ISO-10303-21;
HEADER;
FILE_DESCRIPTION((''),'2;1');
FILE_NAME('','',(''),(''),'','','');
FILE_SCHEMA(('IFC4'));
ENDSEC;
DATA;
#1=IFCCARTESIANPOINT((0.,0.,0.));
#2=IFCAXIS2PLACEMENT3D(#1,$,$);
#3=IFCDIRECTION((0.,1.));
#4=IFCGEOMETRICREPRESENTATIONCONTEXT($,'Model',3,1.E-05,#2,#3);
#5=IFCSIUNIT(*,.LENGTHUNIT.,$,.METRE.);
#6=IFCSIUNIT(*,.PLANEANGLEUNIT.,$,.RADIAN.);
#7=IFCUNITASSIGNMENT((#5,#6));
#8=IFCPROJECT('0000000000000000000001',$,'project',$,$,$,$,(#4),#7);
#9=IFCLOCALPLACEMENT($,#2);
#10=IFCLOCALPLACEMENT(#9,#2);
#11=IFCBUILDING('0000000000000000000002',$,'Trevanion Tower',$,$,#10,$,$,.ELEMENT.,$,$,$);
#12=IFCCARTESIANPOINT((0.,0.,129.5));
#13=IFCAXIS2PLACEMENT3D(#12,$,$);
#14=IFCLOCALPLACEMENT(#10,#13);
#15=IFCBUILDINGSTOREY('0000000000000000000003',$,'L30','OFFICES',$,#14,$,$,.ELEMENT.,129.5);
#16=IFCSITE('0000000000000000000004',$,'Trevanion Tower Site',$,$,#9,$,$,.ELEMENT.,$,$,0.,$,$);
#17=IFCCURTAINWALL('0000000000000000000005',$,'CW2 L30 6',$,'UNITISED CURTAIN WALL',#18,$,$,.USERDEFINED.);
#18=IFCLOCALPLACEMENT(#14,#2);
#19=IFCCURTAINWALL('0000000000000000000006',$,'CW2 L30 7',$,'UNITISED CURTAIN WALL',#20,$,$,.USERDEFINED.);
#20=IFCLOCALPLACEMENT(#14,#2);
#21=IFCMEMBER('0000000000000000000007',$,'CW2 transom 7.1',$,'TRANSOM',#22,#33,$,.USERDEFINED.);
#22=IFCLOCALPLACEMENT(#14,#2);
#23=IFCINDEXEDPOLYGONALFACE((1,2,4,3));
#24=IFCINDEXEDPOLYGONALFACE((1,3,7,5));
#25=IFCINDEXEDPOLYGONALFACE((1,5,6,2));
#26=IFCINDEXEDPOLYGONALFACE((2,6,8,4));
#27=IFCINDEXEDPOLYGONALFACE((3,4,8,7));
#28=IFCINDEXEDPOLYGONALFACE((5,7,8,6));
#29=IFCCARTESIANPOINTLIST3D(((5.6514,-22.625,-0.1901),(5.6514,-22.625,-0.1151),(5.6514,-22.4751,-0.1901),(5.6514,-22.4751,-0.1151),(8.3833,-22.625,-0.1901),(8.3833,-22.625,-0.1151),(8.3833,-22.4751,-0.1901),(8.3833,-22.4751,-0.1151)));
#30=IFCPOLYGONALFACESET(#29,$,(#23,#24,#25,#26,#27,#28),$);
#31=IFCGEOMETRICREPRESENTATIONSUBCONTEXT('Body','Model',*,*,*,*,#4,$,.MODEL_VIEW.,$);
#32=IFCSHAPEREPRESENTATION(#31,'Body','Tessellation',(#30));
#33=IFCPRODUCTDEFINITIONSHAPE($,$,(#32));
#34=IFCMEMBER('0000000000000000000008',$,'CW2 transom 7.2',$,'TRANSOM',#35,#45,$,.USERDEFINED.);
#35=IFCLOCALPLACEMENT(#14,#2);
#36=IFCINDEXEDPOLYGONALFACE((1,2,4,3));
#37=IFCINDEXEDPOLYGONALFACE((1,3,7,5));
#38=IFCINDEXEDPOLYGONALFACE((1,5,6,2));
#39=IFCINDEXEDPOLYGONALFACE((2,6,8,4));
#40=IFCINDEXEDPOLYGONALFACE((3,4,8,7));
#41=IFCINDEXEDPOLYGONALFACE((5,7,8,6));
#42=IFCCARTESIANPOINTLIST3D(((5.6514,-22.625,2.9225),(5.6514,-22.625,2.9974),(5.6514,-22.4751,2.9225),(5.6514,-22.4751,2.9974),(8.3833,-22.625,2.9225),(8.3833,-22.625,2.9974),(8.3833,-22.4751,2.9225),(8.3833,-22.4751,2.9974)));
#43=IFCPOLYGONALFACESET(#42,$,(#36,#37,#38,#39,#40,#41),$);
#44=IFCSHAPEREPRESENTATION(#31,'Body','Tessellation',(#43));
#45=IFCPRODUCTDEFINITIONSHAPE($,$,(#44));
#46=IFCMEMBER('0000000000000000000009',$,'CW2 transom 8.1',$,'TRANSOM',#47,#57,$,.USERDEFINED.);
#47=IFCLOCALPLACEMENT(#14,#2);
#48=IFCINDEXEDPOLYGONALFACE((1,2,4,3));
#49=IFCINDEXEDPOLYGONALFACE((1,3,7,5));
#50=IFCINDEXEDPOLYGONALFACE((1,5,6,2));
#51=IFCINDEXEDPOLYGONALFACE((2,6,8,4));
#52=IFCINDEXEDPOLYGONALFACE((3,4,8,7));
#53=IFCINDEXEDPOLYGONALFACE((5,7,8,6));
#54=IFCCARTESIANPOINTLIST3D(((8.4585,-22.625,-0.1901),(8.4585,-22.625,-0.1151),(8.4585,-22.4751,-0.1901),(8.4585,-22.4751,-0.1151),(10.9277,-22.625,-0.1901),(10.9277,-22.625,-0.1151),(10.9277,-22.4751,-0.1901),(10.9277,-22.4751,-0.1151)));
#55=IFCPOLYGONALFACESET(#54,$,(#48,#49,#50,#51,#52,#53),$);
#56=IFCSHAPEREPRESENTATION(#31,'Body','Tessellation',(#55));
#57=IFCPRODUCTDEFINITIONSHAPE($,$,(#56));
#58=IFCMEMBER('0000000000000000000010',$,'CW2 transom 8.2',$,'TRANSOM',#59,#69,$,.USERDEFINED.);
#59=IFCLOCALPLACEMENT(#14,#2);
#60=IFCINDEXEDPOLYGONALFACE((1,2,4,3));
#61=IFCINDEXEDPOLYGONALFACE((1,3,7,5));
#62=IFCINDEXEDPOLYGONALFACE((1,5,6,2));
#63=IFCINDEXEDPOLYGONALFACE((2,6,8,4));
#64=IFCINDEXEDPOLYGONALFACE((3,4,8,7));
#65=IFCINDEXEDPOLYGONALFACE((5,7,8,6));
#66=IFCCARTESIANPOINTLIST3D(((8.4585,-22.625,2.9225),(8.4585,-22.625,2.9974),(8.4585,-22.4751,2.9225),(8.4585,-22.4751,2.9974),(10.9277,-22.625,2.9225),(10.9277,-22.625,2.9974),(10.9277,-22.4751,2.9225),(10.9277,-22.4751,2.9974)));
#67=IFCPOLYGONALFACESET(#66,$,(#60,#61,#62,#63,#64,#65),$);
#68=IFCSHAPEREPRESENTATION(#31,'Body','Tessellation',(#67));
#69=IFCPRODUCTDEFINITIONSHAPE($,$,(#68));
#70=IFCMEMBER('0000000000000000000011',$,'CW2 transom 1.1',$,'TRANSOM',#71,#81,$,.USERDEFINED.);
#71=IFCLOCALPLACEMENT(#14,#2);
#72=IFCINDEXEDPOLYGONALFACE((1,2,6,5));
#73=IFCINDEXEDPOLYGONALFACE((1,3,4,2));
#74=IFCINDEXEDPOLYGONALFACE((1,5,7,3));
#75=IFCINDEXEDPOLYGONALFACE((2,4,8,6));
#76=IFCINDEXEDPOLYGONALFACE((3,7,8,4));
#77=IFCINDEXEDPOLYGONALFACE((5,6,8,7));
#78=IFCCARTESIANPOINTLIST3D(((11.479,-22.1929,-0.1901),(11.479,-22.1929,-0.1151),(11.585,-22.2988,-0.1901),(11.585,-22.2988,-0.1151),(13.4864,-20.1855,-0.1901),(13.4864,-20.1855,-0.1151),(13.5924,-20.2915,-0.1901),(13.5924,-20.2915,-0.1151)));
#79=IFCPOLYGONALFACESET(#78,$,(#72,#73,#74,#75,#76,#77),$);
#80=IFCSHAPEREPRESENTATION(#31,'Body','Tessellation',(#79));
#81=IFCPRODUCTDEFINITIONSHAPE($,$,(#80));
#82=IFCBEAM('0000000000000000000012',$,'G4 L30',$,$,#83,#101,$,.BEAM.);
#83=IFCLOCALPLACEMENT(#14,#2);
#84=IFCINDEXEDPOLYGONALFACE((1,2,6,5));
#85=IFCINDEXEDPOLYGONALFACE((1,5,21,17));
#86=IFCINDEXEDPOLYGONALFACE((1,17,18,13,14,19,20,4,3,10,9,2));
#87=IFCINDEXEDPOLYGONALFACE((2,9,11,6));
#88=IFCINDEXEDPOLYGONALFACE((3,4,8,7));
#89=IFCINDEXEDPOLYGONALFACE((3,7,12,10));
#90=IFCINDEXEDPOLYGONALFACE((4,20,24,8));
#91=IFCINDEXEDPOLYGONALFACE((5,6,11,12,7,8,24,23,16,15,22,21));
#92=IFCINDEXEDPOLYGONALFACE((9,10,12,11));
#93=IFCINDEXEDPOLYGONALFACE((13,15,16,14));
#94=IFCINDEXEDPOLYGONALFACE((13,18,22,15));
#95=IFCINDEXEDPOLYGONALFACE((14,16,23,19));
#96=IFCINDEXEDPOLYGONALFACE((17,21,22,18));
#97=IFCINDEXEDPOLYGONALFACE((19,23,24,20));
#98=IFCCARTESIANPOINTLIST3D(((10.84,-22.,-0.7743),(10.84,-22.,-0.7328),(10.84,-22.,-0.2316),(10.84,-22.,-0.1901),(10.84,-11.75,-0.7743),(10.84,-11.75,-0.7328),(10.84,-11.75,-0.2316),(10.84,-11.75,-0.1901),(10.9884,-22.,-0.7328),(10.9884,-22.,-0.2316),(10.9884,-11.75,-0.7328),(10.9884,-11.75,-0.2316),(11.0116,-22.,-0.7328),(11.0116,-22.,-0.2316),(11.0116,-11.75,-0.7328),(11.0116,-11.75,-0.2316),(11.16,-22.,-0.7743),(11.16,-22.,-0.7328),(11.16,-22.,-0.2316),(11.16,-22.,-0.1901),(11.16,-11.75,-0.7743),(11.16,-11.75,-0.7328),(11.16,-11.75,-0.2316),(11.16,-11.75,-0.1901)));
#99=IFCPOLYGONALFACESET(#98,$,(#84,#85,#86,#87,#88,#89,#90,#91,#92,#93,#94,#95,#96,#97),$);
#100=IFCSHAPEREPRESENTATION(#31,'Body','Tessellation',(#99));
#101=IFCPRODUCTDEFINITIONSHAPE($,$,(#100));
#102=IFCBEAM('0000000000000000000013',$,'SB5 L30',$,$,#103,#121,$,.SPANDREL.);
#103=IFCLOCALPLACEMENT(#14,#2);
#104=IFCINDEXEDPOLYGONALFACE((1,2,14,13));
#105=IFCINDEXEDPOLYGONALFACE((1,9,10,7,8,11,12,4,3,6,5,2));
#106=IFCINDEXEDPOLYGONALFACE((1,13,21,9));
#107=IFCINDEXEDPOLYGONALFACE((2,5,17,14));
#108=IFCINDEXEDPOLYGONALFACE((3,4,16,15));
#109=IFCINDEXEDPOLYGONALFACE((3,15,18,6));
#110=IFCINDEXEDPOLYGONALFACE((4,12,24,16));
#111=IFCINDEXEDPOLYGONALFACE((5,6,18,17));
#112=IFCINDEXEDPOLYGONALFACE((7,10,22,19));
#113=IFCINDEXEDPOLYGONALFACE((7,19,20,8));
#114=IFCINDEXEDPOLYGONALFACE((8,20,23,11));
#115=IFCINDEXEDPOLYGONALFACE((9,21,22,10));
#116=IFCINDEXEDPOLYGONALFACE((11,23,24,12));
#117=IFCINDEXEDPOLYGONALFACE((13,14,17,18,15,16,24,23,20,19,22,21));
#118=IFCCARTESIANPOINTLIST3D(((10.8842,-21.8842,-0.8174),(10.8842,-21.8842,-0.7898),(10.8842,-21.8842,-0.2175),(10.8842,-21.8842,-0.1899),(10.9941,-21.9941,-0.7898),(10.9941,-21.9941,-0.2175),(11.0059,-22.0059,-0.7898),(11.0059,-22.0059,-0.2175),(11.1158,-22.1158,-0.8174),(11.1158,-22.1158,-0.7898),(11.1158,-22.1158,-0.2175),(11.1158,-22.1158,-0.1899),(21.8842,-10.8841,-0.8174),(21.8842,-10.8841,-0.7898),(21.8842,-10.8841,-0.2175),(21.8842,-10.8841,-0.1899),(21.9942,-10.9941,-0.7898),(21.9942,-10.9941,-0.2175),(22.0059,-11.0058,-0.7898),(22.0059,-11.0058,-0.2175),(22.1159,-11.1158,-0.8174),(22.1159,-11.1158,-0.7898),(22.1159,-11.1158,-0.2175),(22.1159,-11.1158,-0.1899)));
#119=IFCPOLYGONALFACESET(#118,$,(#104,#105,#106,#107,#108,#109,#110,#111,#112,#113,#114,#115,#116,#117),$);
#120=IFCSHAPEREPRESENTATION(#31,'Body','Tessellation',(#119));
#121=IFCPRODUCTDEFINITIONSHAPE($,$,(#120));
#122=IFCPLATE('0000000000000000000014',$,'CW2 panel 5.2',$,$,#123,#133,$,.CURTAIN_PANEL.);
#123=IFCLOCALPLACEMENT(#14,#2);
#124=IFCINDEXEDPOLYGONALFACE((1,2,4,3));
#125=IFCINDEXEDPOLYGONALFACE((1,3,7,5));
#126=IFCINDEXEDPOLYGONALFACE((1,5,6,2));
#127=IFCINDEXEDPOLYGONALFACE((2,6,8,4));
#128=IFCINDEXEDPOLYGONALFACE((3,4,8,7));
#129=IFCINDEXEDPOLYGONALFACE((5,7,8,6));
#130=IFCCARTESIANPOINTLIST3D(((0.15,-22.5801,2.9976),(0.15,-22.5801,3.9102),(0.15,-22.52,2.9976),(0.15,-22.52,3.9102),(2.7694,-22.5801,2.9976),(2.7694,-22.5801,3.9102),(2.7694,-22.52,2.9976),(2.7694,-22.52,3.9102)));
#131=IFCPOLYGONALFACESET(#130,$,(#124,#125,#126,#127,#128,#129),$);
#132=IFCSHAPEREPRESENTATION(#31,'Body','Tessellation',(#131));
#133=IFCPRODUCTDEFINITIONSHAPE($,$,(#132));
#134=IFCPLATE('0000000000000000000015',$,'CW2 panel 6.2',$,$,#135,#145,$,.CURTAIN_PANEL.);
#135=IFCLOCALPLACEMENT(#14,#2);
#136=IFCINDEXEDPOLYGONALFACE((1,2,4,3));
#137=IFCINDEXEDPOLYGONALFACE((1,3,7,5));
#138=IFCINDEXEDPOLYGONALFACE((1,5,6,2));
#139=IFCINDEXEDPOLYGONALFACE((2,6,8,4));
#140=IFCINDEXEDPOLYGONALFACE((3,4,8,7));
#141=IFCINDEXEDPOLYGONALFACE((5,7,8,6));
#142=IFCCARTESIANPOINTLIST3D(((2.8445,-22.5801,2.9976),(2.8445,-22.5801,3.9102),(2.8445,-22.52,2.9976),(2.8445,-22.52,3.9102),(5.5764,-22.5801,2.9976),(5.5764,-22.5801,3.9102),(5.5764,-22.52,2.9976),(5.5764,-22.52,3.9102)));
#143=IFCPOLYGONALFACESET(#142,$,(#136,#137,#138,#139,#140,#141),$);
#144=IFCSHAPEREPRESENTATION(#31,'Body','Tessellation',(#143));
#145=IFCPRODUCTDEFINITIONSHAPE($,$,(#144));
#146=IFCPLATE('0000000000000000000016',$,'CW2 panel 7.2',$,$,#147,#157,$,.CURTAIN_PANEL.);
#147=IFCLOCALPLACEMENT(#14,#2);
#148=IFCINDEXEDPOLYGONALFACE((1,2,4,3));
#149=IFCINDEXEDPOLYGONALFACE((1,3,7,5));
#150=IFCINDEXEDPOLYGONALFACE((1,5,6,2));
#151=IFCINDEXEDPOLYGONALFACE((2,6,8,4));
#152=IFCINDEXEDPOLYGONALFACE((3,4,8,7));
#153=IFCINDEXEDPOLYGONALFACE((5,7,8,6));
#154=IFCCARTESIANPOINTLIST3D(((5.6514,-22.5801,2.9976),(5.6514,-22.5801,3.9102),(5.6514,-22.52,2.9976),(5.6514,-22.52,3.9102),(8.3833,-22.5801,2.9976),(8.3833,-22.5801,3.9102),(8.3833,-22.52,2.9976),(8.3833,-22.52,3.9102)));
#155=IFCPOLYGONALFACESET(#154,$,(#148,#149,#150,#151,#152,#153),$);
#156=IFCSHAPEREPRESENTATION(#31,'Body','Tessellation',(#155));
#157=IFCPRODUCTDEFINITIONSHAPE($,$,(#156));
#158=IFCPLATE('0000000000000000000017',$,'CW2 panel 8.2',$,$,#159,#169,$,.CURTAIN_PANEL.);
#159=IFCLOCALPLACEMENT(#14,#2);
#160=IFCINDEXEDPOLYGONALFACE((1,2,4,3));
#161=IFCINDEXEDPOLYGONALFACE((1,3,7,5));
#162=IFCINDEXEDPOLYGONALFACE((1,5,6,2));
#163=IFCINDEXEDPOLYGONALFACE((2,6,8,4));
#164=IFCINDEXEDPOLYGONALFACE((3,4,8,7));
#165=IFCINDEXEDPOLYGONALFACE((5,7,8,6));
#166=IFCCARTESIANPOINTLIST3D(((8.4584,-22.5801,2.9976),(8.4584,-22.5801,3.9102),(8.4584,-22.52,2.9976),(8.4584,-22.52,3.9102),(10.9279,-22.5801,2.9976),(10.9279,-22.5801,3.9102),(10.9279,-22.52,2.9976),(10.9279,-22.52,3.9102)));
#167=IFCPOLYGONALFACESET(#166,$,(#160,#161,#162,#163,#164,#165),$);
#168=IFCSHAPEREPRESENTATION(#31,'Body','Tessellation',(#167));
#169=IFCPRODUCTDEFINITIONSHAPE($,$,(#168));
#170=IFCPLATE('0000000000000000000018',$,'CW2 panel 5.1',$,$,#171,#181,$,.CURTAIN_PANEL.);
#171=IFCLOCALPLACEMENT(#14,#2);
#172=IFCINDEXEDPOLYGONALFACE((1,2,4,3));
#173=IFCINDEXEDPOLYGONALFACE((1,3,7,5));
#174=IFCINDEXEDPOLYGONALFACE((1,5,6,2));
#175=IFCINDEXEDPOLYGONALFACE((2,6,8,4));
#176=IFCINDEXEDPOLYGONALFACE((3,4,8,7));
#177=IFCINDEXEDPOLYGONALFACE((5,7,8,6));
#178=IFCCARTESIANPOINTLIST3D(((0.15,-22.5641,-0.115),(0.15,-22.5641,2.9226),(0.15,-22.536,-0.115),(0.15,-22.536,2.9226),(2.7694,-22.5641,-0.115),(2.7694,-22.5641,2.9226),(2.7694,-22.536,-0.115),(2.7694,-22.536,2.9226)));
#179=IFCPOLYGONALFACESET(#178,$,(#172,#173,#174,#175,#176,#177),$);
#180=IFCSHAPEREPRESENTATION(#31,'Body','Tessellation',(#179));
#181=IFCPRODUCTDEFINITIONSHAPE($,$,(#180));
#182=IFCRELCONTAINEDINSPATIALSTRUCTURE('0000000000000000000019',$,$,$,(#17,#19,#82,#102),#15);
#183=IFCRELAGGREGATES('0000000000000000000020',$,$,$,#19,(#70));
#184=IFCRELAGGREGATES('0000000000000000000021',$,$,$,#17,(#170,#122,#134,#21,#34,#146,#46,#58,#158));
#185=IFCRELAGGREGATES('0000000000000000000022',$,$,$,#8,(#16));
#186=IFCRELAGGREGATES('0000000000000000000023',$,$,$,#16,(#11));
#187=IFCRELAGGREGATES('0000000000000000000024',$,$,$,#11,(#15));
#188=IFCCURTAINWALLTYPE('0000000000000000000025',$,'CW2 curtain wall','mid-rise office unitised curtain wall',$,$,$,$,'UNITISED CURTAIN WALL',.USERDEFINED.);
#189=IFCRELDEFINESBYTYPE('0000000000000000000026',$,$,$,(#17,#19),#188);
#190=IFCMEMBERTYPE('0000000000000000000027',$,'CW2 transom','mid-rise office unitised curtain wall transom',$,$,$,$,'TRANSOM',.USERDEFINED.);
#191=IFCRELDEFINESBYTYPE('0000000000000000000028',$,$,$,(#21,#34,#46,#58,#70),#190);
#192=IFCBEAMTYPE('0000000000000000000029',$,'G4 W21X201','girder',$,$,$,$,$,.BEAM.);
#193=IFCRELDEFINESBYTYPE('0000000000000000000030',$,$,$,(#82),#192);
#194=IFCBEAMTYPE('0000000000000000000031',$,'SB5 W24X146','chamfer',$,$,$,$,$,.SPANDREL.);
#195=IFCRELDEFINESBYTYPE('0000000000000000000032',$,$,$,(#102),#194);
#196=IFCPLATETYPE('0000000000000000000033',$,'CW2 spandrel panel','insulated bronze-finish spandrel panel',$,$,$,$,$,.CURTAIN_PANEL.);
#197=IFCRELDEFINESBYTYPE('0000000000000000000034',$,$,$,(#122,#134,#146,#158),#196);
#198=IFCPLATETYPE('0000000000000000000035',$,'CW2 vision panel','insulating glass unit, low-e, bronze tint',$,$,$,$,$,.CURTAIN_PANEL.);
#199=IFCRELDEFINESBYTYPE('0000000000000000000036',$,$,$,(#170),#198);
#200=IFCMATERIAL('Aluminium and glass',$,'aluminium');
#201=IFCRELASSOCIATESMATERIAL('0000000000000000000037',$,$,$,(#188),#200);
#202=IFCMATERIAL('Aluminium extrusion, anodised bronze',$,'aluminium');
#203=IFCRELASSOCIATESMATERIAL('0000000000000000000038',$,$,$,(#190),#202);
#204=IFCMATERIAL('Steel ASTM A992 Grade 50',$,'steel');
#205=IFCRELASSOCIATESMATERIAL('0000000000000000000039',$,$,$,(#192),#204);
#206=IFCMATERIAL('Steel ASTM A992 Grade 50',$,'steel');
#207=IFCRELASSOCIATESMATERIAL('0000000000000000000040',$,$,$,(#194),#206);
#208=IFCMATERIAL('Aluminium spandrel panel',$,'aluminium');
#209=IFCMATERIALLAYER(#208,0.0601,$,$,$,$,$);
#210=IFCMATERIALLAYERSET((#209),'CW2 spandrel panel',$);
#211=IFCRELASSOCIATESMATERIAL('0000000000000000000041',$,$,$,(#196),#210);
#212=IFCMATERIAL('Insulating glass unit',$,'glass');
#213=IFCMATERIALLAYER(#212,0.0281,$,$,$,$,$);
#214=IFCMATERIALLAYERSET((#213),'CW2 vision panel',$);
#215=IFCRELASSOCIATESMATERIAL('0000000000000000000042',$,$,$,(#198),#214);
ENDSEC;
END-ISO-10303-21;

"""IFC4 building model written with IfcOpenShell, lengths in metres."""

from ifc_helpers import new_model, si_unit, direction, frame, origin, origin_2d, place, context, subcontext, project, spatial, rectangle, i_section, extrude, material, layer, layer_set, material_profile, profile_set, type_object, element, aggregate, save


model = new_model("IFC4")

# Units and contexts
model_context = context("Model", 3, precision=1e-05, world=origin(), true_north=direction((0.0, 1.0)))
body_context = subcontext(model_context, "Body", "Model", "MODEL_VIEW")
ifc_project = project(units=[si_unit("LENGTHUNIT", "METRE"), si_unit("PLANEANGLEUNIT", "RADIAN")], contexts=[model_context])

# Site, building, storey
site_placement = place(None, origin())
site = spatial("IfcSite", under=ifc_project, at=site_placement, Name="Trevanion Tower Site", CompositionType="ELEMENT", RefElevation=0.0)
building_placement = place(site_placement, origin())
building = spatial("IfcBuilding", under=site, at=building_placement, Name="Trevanion Tower", CompositionType="ELEMENT")
storey_placement = place(building_placement, frame((0.0, 0.0, 129.5)))
storey = spatial("IfcBuildingStorey", under=building, at=storey_placement, Name="L30", Description="OFFICES", CompositionType="ELEMENT", Elevation=129.5)

# Curtain wall
ifc_material_1 = material(Name="Aluminium and glass", Category="aluminium")
curtain_wall_type = type_object("IfcCurtainWallType", Name="CW2 curtain wall", Description="mid-rise office unitised curtain wall", ElementType="UNITISED CURTAIN WALL", PredefinedType="USERDEFINED", material=ifc_material_1)
curtain_wall_1_placement = place(storey_placement, origin())
curtain_wall_1 = element("IfcCurtainWall", 1, at=curtain_wall_1_placement, inside=storey, type_object=curtain_wall_type, Name="CW2 L30 6", ObjectType="UNITISED CURTAIN WALL", PredefinedType="USERDEFINED")

# Curtain wall
curtain_wall_2_placement = place(storey_placement, origin())
curtain_wall_2 = element("IfcCurtainWall", 2, at=curtain_wall_2_placement, inside=storey, type_object=curtain_wall_type, Name="CW2 L30 7", ObjectType="UNITISED CURTAIN WALL", PredefinedType="USERDEFINED")

# Members
ifc_material_2 = material(Name="Aluminium extrusion, anodised bronze", Category="aluminium")
ifc_material_profile_1 = material_profile(ifc_material_2, rectangle(XDim=0.1499, YDim=0.075, at=origin_2d()), Name="CW2 transom")
ifc_profile_set_1 = profile_set([ifc_material_profile_1], Name="Aluminium extrusion, anodised bronze")
member_type_1 = type_object("IfcMemberType", Name="CW2 transom", Description="mid-rise office unitised curtain wall transom", ElementType="TRANSOM", PredefinedType="USERDEFINED", material=ifc_profile_set_1)
member_1_placement = place(storey_placement, frame((5.6514, -22.55, -0.1526), z_axis=(1.0, 0.0, 0.0), x_axis=(0.0, 1.0, 0.0)))
member_1 = element("IfcMember", 3, at=member_1_placement, type_object=member_type_1, Name="CW2 transom 7.1", ObjectType="TRANSOM", PredefinedType="USERDEFINED", context=body_context, shape_type="SweptSolid", body=[
    extrude(rectangle(XDim=0.1499, YDim=0.075, at=origin_2d()), origin(), (0.0, 0.0, 1.0), 2.7319),
])
member_2_placement = place(storey_placement, frame((5.6514, -22.55, 2.96), z_axis=(1.0, 0.0, 0.0), x_axis=(0.0, 1.0, 0.0)))
member_2 = element("IfcMember", 4, at=member_2_placement, type_object=member_type_1, Name="CW2 transom 7.2", ObjectType="TRANSOM", PredefinedType="USERDEFINED", context=body_context, shape_type="SweptSolid", body=[
    extrude(rectangle(XDim=0.1499, YDim=0.075, at=origin_2d()), origin(), (0.0, 0.0, 1.0), 2.7319),
])
member_3_placement = place(storey_placement, frame((8.4585, -22.55, -0.1526), z_axis=(1.0, 0.0, 0.0), x_axis=(0.0, 1.0, 0.0)))
member_3 = element("IfcMember", 5, at=member_3_placement, type_object=member_type_1, Name="CW2 transom 8.1", ObjectType="TRANSOM", PredefinedType="USERDEFINED", context=body_context, shape_type="SweptSolid", body=[
    extrude(rectangle(XDim=0.1499, YDim=0.075, at=origin_2d()), origin(), (0.0, 0.0, 1.0), 2.4692),
])
member_4_placement = place(storey_placement, frame((8.4585, -22.55, 2.96), z_axis=(1.0, 0.0, 0.0), x_axis=(0.0, 1.0, 0.0)))
member_4 = element("IfcMember", 6, at=member_4_placement, type_object=member_type_1, Name="CW2 transom 8.2", ObjectType="TRANSOM", PredefinedType="USERDEFINED", context=body_context, shape_type="SweptSolid", body=[
    extrude(rectangle(XDim=0.1499, YDim=0.075, at=origin_2d()), origin(), (0.0, 0.0, 1.0), 2.4692),
])
member_5_placement = place(storey_placement, frame((11.532, -22.2458, -0.1526), z_axis=(0.707107, 0.707107, 0.0), x_axis=(-0.707107, 0.707107, 0.0)))
member_5 = element("IfcMember", 7, at=member_5_placement, type_object=member_type_1, Name="CW2 transom 1.1", ObjectType="TRANSOM", PredefinedType="USERDEFINED", context=body_context, shape_type="SweptSolid", body=[
    extrude(rectangle(XDim=0.1499, YDim=0.075, at=origin_2d()), origin(), (0.0, 0.0, 1.0), 2.8389),
])
aggregate(curtain_wall_2, [member_5])

# Beams
ifc_material_3 = material(Name="Steel ASTM A992 Grade 50", Category="steel")
ifc_material_profile_2 = material_profile(ifc_material_3, i_section(OverallWidth=0.3201, OverallDepth=0.5842, WebThickness=0.0232, FlangeThickness=0.0415, at=origin_2d()), Name="W21X201")
ifc_profile_set_2 = profile_set([ifc_material_profile_2], Name="Steel ASTM A992 Grade 50")
beam_type_1 = type_object("IfcBeamType", Name="G4 W21X201", Description="girder", PredefinedType="BEAM", material=ifc_profile_set_2)
beam_1_placement = place(storey_placement, frame((11.0, -11.75, -0.4822), z_axis=(0.0, -1.0, 0.0), x_axis=(1.0, 0.0, 0.0)))
element("IfcBeam", 8, at=beam_1_placement, inside=storey, type_object=beam_type_1, Name="G4 L30", PredefinedType="BEAM", context=body_context, shape_type="SweptSolid", body=[
    extrude(i_section(OverallWidth=0.3201, OverallDepth=0.5842, WebThickness=0.0232, FlangeThickness=0.0415, at=origin_2d()), origin(), (0.0, 0.0, 1.0), 10.25),
])
ifc_material_4 = material(Name="Steel ASTM A992 Grade 50", Category="steel")
ifc_material_profile_3 = material_profile(ifc_material_4, i_section(OverallWidth=0.3276, OverallDepth=0.6274, WebThickness=0.0166, FlangeThickness=0.0276, at=origin_2d()), Name="W24X146")
ifc_profile_set_3 = profile_set([ifc_material_profile_3], Name="Steel ASTM A992 Grade 50")
beam_type_2 = type_object("IfcBeamType", Name="SB5 W24X146", Description="chamfer", PredefinedType="SPANDREL", material=ifc_profile_set_3)
beam_2_placement = place(storey_placement, frame((11.0, -22.0, -0.5037), z_axis=(0.707107, 0.707107, 0.0), x_axis=(-0.707107, 0.707107, 0.0)))
element("IfcBeam", 9, at=beam_2_placement, inside=storey, type_object=beam_type_2, Name="SB5 L30", PredefinedType="SPANDREL", context=body_context, shape_type="SweptSolid", body=[
    extrude(i_section(OverallWidth=0.3276, OverallDepth=0.6274, WebThickness=0.0166, FlangeThickness=0.0276, at=origin_2d()), origin(), (0.0, 0.0, 1.0), 15.5564),
])

# Plates
ifc_material_5 = material(Name="Aluminium spandrel panel", Category="aluminium")
ifc_layer_1 = layer(ifc_material_5, 0.0601)
ifc_layer_set_1 = layer_set([ifc_layer_1], Name="CW2 spandrel panel")
plate_type_1 = type_object("IfcPlateType", Name="CW2 spandrel panel", Description="insulated bronze-finish spandrel panel", PredefinedType="CURTAIN_PANEL", material=ifc_layer_set_1)
plate_1_placement = place(storey_placement, frame((1.4597, -22.55, 2.9976), z_axis=(0.0, 0.0, 1.0), x_axis=(1.0, 0.0, 0.0)))
plate_1 = element("IfcPlate", 10, at=plate_1_placement, type_object=plate_type_1, Name="CW2 panel 5.2", PredefinedType="CURTAIN_PANEL", context=body_context, shape_type="SweptSolid", body=[
    extrude(rectangle(XDim=2.6194, YDim=0.0601, at=origin_2d()), origin(), (0.0, 0.0, 1.0), 0.9126),
])
plate_2_placement = place(storey_placement, frame((4.2104, -22.55, 2.9976), z_axis=(0.0, 0.0, 1.0), x_axis=(1.0, 0.0, 0.0)))
plate_2 = element("IfcPlate", 11, at=plate_2_placement, type_object=plate_type_1, Name="CW2 panel 6.2", PredefinedType="CURTAIN_PANEL", context=body_context, shape_type="SweptSolid", body=[
    extrude(rectangle(XDim=2.7319, YDim=0.0601, at=origin_2d()), origin(), (0.0, 0.0, 1.0), 0.9126),
])
plate_3_placement = place(storey_placement, frame((7.0173, -22.55, 2.9976), z_axis=(0.0, 0.0, 1.0), x_axis=(1.0, 0.0, 0.0)))
plate_3 = element("IfcPlate", 12, at=plate_3_placement, type_object=plate_type_1, Name="CW2 panel 7.2", PredefinedType="CURTAIN_PANEL", context=body_context, shape_type="SweptSolid", body=[
    extrude(rectangle(XDim=2.7319, YDim=0.0601, at=origin_2d()), origin(), (0.0, 0.0, 1.0), 0.9126),
])
plate_4_placement = place(storey_placement, frame((9.6931, -22.55, 2.9976), z_axis=(0.0, 0.0, 1.0), x_axis=(1.0, 0.0, 0.0)))
plate_4 = element("IfcPlate", 13, at=plate_4_placement, type_object=plate_type_1, Name="CW2 panel 8.2", PredefinedType="CURTAIN_PANEL", context=body_context, shape_type="SweptSolid", body=[
    extrude(rectangle(XDim=2.4695, YDim=0.0601, at=origin_2d()), origin(), (0.0, 0.0, 1.0), 0.9126),
])
ifc_material_6 = material(Name="Insulating glass unit", Category="glass")
ifc_layer_2 = layer(ifc_material_6, 0.0281)
ifc_layer_set_2 = layer_set([ifc_layer_2], Name="CW2 vision panel")
plate_type_2 = type_object("IfcPlateType", Name="CW2 vision panel", Description="insulating glass unit, low-e, bronze tint", PredefinedType="CURTAIN_PANEL", material=ifc_layer_set_2)
plate_5_placement = place(storey_placement, frame((1.4597, -22.55, -0.115), z_axis=(0.0, 0.0, 1.0), x_axis=(1.0, 0.0, 0.0)))
plate_5 = element("IfcPlate", 14, at=plate_5_placement, type_object=plate_type_2, Name="CW2 panel 5.1", PredefinedType="CURTAIN_PANEL", context=body_context, shape_type="SweptSolid", body=[
    extrude(rectangle(XDim=2.6194, YDim=0.0281, at=origin_2d()), origin(), (0.0, 0.0, 1.0), 3.0376),
])
aggregate(curtain_wall_1, [plate_5, plate_1, plate_2, member_1, member_2, plate_3, member_3, member_4, plate_4])

save(model, "model.ifc")
